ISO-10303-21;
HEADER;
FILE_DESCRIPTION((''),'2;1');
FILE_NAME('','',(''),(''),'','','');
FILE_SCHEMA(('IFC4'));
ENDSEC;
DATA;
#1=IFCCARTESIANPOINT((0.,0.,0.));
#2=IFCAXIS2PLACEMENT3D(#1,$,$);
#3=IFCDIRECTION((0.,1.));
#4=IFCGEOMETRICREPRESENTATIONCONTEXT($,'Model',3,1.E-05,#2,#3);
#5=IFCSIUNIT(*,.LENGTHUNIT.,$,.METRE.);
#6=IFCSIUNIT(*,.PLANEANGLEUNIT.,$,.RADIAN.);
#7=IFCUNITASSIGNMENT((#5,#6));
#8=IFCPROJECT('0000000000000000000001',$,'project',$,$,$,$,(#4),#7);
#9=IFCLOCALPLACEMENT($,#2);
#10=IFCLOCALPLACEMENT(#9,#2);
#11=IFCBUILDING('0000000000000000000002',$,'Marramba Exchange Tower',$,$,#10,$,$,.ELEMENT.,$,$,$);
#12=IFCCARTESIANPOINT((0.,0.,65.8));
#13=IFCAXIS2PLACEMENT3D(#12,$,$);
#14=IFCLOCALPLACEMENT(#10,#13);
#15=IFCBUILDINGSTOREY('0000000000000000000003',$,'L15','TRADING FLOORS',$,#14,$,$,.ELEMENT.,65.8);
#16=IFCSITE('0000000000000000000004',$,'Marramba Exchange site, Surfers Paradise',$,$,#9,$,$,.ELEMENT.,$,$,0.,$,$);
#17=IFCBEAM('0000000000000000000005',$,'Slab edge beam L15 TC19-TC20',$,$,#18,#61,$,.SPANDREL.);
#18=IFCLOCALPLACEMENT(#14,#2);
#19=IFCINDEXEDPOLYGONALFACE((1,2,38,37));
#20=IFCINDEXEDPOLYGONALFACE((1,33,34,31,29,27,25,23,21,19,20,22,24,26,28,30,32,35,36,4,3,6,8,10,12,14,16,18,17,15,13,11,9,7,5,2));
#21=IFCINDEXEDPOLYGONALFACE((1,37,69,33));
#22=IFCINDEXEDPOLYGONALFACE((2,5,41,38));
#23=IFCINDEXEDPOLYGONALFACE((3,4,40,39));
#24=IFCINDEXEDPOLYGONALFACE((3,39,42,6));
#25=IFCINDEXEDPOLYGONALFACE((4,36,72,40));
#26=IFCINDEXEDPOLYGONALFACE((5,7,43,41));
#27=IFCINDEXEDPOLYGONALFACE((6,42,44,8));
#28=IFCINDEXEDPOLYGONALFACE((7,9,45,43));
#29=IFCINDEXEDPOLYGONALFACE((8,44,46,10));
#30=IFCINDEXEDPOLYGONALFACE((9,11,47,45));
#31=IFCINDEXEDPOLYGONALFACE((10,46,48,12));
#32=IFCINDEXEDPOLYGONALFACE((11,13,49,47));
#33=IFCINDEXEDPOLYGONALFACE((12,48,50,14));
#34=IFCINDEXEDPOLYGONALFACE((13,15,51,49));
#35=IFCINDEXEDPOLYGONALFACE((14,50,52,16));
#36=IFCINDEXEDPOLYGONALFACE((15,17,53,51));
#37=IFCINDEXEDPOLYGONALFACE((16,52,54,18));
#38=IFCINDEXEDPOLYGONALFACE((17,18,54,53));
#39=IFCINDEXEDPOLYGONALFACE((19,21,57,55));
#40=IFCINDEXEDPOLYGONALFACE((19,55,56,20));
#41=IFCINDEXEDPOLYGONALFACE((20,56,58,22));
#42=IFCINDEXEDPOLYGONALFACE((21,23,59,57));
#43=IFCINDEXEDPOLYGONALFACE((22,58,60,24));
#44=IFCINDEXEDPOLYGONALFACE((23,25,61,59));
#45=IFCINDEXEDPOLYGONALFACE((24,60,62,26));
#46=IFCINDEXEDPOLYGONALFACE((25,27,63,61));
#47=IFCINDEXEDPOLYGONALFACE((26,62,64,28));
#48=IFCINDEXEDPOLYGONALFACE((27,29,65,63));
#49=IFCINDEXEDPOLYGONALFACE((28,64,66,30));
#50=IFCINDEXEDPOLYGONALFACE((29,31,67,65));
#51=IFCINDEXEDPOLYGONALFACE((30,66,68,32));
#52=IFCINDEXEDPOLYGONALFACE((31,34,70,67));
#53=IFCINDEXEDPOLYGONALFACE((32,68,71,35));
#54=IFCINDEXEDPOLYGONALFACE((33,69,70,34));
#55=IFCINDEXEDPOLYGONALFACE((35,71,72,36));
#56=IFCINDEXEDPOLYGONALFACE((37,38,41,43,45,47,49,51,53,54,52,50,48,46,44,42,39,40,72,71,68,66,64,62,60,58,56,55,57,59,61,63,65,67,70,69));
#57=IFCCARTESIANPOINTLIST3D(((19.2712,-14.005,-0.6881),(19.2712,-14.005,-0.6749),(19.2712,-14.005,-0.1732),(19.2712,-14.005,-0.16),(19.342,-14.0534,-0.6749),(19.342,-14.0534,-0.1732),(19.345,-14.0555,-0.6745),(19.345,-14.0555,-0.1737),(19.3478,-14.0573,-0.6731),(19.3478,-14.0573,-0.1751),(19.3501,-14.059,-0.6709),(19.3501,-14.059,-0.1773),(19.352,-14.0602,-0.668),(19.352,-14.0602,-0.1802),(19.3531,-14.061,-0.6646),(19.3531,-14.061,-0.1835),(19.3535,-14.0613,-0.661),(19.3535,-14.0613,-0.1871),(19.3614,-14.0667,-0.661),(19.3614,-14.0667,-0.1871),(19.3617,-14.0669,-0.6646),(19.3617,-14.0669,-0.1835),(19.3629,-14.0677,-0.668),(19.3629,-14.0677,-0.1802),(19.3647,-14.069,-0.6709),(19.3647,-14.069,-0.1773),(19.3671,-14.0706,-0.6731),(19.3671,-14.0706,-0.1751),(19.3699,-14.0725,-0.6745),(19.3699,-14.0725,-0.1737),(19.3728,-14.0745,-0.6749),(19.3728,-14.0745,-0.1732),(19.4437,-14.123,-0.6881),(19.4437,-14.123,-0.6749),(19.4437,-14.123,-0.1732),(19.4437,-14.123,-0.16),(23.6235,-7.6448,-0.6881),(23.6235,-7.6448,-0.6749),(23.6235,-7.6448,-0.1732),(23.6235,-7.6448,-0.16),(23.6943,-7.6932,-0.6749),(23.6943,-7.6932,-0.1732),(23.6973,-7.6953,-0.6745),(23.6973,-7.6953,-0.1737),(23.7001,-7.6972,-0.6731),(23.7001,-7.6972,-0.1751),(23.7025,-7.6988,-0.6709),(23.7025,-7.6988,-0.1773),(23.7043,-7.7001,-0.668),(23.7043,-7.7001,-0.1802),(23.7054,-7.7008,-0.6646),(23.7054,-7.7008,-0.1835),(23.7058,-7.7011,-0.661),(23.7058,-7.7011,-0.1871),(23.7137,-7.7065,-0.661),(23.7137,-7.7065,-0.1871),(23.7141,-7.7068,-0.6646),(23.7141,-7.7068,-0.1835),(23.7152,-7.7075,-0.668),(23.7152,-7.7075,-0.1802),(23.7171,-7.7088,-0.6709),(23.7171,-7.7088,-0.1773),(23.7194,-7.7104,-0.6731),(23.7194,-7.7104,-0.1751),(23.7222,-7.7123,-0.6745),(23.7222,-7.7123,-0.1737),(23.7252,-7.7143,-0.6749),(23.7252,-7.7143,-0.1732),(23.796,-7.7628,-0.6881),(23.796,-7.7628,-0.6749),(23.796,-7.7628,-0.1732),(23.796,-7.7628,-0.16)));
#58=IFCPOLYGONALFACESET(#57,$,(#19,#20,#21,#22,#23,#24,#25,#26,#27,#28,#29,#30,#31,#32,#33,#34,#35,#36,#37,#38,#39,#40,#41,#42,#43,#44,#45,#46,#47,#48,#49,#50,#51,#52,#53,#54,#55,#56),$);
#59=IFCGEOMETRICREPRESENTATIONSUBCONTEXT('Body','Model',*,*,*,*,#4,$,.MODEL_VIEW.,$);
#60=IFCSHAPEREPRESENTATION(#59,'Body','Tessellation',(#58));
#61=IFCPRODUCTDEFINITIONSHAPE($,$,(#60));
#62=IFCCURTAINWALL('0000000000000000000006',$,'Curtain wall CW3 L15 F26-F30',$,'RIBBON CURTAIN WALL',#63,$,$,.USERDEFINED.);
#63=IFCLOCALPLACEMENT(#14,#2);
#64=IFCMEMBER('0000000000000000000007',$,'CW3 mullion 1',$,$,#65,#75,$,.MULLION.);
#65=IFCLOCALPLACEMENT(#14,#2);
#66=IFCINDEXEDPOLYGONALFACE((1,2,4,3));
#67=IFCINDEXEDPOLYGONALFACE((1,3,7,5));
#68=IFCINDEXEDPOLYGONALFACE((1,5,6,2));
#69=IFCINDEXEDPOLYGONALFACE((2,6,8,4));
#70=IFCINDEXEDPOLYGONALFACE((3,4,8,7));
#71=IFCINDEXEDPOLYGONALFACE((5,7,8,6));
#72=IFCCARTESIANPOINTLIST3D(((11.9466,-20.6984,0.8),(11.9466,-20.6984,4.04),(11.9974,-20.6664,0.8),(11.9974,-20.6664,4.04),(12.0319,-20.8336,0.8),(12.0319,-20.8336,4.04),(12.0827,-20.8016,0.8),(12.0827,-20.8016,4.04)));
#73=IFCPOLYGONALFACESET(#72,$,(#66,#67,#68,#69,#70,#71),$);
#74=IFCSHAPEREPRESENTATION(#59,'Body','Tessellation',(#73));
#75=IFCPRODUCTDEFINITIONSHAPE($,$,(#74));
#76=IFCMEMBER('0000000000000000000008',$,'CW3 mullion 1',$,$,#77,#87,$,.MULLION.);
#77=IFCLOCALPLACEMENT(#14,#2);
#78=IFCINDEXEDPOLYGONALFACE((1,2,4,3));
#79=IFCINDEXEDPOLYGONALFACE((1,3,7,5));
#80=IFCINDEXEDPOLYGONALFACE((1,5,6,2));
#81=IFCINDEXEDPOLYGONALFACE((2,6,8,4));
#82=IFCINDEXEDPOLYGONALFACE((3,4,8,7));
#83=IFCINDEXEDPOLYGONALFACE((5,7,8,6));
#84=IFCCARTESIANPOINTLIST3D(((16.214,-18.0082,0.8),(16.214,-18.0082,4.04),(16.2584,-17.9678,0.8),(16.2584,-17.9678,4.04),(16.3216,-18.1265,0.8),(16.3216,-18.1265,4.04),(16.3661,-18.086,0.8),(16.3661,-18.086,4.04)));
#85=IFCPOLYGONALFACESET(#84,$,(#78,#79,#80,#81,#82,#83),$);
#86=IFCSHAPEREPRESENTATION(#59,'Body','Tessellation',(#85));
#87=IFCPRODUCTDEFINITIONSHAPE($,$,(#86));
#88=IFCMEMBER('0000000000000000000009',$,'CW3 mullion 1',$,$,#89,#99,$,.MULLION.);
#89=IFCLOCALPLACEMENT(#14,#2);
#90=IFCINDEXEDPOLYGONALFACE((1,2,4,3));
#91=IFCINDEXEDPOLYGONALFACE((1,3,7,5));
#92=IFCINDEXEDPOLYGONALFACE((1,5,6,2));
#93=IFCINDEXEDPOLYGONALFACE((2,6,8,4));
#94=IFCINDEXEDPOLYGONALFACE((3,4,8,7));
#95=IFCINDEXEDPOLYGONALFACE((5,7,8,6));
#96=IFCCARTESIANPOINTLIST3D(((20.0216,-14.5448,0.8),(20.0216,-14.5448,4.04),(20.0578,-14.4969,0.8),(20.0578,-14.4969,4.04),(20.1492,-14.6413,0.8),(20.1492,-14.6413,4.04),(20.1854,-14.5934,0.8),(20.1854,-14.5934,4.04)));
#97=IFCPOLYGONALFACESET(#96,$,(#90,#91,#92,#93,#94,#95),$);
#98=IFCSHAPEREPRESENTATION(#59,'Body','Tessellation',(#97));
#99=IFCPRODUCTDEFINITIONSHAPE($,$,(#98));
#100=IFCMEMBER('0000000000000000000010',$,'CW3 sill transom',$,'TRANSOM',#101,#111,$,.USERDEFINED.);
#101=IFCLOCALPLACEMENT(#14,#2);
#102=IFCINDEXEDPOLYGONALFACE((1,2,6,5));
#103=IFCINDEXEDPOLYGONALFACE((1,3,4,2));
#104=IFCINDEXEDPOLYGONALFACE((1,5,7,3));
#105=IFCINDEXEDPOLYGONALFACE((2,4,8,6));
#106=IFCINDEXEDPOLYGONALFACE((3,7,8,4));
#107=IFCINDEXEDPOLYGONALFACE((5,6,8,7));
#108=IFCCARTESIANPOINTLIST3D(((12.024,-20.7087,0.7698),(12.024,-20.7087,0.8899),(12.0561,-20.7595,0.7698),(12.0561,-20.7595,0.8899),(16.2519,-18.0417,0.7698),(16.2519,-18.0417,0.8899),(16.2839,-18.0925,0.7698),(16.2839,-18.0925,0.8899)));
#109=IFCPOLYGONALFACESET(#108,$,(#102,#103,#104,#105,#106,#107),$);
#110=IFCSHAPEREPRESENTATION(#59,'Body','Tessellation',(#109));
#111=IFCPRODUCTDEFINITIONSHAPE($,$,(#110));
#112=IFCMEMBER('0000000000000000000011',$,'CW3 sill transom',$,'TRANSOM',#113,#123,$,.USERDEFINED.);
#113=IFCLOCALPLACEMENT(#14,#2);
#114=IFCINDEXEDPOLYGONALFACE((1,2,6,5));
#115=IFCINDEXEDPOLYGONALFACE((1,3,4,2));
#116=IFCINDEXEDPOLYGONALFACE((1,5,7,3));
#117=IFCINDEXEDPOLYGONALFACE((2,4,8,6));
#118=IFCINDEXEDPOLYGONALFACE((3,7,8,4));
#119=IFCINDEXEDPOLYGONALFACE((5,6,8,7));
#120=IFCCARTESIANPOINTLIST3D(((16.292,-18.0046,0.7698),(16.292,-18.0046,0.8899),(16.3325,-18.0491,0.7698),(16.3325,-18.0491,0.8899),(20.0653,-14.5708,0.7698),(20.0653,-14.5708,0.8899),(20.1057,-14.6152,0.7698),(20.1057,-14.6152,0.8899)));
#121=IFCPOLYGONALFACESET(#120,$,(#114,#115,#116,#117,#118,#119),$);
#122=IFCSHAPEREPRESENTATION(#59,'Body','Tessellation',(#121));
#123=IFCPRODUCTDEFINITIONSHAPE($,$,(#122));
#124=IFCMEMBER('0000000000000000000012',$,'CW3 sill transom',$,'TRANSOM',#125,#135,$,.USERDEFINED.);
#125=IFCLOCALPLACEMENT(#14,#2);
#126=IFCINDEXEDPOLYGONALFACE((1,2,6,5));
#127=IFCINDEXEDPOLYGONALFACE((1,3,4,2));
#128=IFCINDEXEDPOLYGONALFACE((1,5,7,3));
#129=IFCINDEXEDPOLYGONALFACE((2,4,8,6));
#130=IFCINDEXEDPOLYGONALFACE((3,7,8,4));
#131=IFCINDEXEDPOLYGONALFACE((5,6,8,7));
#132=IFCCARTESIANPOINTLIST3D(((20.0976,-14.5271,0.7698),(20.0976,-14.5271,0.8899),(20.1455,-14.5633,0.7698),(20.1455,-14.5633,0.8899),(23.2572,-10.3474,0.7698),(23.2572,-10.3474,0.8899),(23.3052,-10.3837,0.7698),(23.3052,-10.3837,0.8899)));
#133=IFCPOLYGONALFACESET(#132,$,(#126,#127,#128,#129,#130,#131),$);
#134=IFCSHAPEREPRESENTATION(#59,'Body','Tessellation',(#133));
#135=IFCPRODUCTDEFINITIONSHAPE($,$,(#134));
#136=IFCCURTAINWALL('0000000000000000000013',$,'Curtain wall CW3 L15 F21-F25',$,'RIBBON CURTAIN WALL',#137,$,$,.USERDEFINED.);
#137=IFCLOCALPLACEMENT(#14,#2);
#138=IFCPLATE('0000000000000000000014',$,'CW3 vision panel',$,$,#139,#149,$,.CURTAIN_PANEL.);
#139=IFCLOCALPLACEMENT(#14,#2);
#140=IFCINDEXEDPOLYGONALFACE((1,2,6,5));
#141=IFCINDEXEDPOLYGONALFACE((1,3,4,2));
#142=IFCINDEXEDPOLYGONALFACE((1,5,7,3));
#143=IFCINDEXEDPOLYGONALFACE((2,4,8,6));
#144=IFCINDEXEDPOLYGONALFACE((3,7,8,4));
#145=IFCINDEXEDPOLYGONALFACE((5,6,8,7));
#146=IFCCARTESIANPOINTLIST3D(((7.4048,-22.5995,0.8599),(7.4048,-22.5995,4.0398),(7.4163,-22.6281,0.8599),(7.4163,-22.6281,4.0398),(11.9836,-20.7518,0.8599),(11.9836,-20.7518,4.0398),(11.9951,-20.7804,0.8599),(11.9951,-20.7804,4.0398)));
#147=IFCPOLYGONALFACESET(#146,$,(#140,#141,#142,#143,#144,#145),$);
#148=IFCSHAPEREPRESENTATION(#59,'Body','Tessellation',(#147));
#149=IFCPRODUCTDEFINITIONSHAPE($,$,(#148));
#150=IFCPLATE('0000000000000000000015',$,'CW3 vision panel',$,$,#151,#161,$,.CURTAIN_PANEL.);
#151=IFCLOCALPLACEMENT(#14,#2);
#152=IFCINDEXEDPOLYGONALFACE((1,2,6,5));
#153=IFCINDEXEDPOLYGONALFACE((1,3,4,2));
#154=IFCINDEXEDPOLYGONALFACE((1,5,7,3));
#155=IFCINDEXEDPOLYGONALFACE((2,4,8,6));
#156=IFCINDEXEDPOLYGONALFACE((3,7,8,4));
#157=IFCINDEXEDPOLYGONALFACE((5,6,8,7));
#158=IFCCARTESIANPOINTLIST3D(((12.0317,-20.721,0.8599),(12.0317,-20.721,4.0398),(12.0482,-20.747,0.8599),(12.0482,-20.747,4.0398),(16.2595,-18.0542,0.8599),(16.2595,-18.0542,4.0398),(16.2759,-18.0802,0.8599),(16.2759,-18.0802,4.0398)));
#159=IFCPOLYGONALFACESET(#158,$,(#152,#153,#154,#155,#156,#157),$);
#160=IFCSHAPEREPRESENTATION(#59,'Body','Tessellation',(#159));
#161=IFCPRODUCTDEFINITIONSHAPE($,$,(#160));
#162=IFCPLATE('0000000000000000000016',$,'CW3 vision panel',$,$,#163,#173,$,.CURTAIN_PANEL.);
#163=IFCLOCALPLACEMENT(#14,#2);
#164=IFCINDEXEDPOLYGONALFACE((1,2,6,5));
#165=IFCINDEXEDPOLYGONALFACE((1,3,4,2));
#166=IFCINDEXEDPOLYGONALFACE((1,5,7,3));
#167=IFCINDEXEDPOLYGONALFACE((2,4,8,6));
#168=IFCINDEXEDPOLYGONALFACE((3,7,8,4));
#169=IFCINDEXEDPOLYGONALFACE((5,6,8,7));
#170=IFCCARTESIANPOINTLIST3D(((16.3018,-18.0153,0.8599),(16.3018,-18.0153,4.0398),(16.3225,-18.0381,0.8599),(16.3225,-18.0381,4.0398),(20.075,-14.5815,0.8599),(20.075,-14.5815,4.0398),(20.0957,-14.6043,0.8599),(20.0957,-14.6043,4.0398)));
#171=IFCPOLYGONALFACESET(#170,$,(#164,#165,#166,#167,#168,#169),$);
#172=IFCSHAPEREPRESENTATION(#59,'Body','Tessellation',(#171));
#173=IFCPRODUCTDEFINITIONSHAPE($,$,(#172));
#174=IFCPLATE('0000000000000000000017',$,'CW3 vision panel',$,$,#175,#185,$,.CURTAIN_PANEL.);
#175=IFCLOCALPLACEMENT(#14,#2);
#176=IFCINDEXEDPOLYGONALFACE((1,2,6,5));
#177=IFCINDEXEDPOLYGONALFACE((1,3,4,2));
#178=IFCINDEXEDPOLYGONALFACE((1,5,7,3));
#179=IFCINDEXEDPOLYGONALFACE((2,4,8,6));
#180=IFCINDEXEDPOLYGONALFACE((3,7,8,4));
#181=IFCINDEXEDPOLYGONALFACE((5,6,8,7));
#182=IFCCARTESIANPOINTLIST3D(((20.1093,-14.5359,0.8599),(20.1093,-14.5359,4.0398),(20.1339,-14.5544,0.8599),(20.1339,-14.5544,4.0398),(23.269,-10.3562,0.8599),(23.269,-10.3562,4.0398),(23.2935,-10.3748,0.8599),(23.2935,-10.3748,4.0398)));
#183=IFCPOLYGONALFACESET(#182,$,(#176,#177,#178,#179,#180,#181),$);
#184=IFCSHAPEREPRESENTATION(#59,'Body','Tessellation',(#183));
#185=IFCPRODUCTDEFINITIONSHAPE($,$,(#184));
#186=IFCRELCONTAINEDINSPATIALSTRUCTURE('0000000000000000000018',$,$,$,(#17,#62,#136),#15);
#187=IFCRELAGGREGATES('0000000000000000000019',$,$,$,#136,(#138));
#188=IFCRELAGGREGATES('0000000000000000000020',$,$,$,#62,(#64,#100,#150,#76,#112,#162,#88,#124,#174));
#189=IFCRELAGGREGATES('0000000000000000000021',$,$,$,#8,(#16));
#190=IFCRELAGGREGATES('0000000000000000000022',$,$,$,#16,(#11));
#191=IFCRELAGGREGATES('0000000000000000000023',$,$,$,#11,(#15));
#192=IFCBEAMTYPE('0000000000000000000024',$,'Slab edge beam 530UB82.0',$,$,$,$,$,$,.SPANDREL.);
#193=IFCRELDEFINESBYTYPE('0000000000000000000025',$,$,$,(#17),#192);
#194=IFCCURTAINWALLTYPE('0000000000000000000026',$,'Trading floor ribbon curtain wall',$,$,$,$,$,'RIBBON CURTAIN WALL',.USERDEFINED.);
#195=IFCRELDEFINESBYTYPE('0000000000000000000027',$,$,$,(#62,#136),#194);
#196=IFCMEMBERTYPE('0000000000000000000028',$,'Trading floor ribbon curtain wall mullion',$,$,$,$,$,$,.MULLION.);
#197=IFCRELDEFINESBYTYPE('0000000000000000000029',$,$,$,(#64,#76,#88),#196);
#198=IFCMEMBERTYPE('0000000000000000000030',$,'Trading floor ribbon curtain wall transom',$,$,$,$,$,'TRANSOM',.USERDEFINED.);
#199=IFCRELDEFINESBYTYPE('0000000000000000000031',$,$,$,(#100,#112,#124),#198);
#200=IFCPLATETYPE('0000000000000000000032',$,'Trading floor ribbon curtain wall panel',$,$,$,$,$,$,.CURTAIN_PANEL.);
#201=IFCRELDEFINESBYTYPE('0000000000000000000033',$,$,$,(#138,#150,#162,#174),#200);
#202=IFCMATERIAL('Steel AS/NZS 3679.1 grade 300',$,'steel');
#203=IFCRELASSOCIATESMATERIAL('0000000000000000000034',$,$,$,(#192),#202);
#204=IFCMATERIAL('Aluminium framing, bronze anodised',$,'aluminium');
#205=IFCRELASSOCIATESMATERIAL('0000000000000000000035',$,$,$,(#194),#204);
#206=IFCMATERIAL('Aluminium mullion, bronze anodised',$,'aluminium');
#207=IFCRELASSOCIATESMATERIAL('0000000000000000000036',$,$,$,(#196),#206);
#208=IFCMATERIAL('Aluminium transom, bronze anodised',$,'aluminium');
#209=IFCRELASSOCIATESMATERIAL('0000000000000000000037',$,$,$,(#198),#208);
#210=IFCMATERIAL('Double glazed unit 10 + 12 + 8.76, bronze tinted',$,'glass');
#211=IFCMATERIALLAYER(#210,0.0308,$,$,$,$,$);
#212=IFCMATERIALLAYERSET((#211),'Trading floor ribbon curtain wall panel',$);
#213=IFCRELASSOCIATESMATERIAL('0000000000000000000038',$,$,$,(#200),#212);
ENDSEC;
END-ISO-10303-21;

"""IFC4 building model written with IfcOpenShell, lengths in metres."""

from ifc_helpers import new_model, si_unit, direction, frame, origin, origin_2d, place, context, subcontext, project, spatial, rectangle, i_section, extrude, material, layer, layer_set, material_profile, profile_set, type_object, element, aggregate, save


model = new_model("IFC4")

# Units and contexts
model_context = context("Model", 3, precision=1e-05, world=origin(), true_north=direction((0.0, 1.0)))
body_context = subcontext(model_context, "Body", "Model", "MODEL_VIEW")
ifc_project = project(units=[si_unit("LENGTHUNIT", "METRE"), si_unit("PLANEANGLEUNIT", "RADIAN")], contexts=[model_context])

# Site, building, storey
site_placement = place(None, origin())
site = spatial("IfcSite", under=ifc_project, at=site_placement, Name="Marramba Exchange site, Surfers Paradise", CompositionType="ELEMENT", RefElevation=0.0)
building_placement = place(site_placement, origin())
building = spatial("IfcBuilding", under=site, at=building_placement, Name="Marramba Exchange Tower", CompositionType="ELEMENT")
storey_placement = place(building_placement, frame((0.0, 0.0, 65.8)))
storey = spatial("IfcBuildingStorey", under=building, at=storey_placement, Name="L15", Description="TRADING FLOORS", CompositionType="ELEMENT", Elevation=65.8)

# Beam
ifc_material_1 = material(Name="Steel AS/NZS 3679.1 grade 300", Category="steel")
ifc_material_profile_1 = material_profile(ifc_material_1, i_section(OverallWidth=0.209, OverallDepth=0.5281, WebThickness=0.0095, FlangeThickness=0.0132, FilletRadius=0.0139, at=origin_2d()), Name="530UB82.0")
ifc_profile_set_1 = profile_set([ifc_material_profile_1], Name="Steel AS/NZS 3679.1 grade 300")
beam_type_1 = type_object("IfcBeamType", Name="Slab edge beam 530UB82.0", PredefinedType="SPANDREL", material=ifc_profile_set_1)
beam_1_placement = place(storey_placement, frame((19.3574, -14.064, -0.4241), z_axis=(0.564741, 0.825268, 0.0), x_axis=(-0.825268, 0.564741, 0.0)))
element("IfcBeam", 1, at=beam_1_placement, inside=storey, type_object=beam_type_1, Name="Slab edge beam L15 TC19-TC20", PredefinedType="SPANDREL", context=body_context, shape_type="SweptSolid", body=[
    extrude(i_section(OverallWidth=0.209, OverallDepth=0.5281, WebThickness=0.0095, FlangeThickness=0.0132, FilletRadius=0.0139, at=origin_2d()), origin(), (0.0, 0.0, 1.0), 7.7068),
])

# Curtain wall, members
ifc_material_2 = material(Name="Aluminium framing, bronze anodised", Category="aluminium")
curtain_wall_type = type_object("IfcCurtainWallType", Name="Trading floor ribbon curtain wall", ElementType="RIBBON CURTAIN WALL", PredefinedType="USERDEFINED", material=ifc_material_2)
curtain_wall_1_placement = place(storey_placement, origin())
curtain_wall_1 = element("IfcCurtainWall", 2, at=curtain_wall_1_placement, inside=storey, type_object=curtain_wall_type, Name="Curtain wall CW3 L15 F26-F30", ObjectType="RIBBON CURTAIN WALL", PredefinedType="USERDEFINED")
ifc_material_3 = material(Name="Aluminium mullion, bronze anodised", Category="aluminium")
ifc_material_profile_2 = material_profile(ifc_material_3, rectangle(XDim=0.1599, YDim=0.0601, at=origin_2d()), Name="CW3 mullion 60x160")
ifc_profile_set_2 = profile_set([ifc_material_profile_2], Name="Aluminium mullion, bronze anodised")
member_type_1 = type_object("IfcMemberType", Name="Trading floor ribbon curtain wall mullion", PredefinedType="MULLION", material=ifc_profile_set_2)
member_1_placement = place(storey_placement, frame((12.0146, -20.75, 0.8), z_axis=(0.0, 0.0, 1.0), x_axis=(-0.533515, 0.845791, 0.0)))
member_1 = element("IfcMember", 3, at=member_1_placement, type_object=member_type_1, Name="CW3 mullion 1", PredefinedType="MULLION", context=body_context, shape_type="SweptSolid", body=[
    extrude(rectangle(XDim=0.1599, YDim=0.0601, at=origin_2d()), origin(), (0.0, 0.0, 1.0), 3.24),
])
member_2_placement = place(storey_placement, frame((16.29, -18.0471, 0.8), z_axis=(0.0, 0.0, 1.0), x_axis=(-0.673058, 0.73959, 0.0)))
member_2 = element("IfcMember", 4, at=member_2_placement, type_object=member_type_1, Name="CW3 mullion 1", PredefinedType="MULLION", context=body_context, shape_type="SweptSolid", body=[
    extrude(rectangle(XDim=0.1599, YDim=0.0601, at=origin_2d()), origin(), (0.0, 0.0, 1.0), 3.24),
])
member_3_placement = place(storey_placement, frame((20.1035, -14.5691, 0.8), z_axis=(0.0, 0.0, 1.0), x_axis=(-0.797711, 0.60304, 0.0)))
member_3 = element("IfcMember", 5, at=member_3_placement, type_object=member_type_1, Name="CW3 mullion 1", PredefinedType="MULLION", context=body_context, shape_type="SweptSolid", body=[
    extrude(rectangle(XDim=0.1599, YDim=0.0601, at=origin_2d()), origin(), (0.0, 0.0, 1.0), 3.24),
])
ifc_material_4 = material(Name="Aluminium transom, bronze anodised", Category="aluminium")
ifc_material_profile_3 = material_profile(ifc_material_4, rectangle(XDim=0.0601, YDim=0.1201, at=origin_2d()), Name="CW3 transom 60x120")
ifc_profile_set_3 = profile_set([ifc_material_profile_3], Name="Aluminium transom, bronze anodised")
member_type_2 = type_object("IfcMemberType", Name="Trading floor ribbon curtain wall transom", ElementType="TRANSOM", PredefinedType="USERDEFINED", material=ifc_profile_set_3)
member_4_placement = place(storey_placement, frame((12.04, -20.7341, 0.8298), z_axis=(0.845777, 0.533537, 0.0), x_axis=(-0.533537, 0.845777, 0.0)))
member_4 = element("IfcMember", 6, at=member_4_placement, type_object=member_type_2, Name="CW3 sill transom", ObjectType="TRANSOM", PredefinedType="USERDEFINED", context=body_context, shape_type="SweptSolid", body=[
    extrude(rectangle(XDim=0.0601, YDim=0.1201, at=origin_2d()), origin(), (0.0, 0.0, 1.0), 4.9988),
])
member_5_placement = place(storey_placement, frame((16.3123, -18.0269, 0.8298), z_axis=(0.739583, 0.673066, 0.0), x_axis=(-0.673066, 0.739583, 0.0)))
member_5 = element("IfcMember", 7, at=member_5_placement, type_object=member_type_2, Name="CW3 sill transom", ObjectType="TRANSOM", PredefinedType="USERDEFINED", context=body_context, shape_type="SweptSolid", body=[
    extrude(rectangle(XDim=0.0601, YDim=0.1201, at=origin_2d()), origin(), (0.0, 0.0, 1.0), 5.1018),
])
member_6_placement = place(storey_placement, frame((20.1216, -14.5452, 0.8298), z_axis=(0.603037, 0.797713, 0.0), x_axis=(-0.797713, 0.603037, 0.0)))
member_6 = element("IfcMember", 8, at=member_6_placement, type_object=member_type_2, Name="CW3 sill transom", ObjectType="TRANSOM", PredefinedType="USERDEFINED", context=body_context, shape_type="SweptSolid", body=[
    extrude(rectangle(XDim=0.0601, YDim=0.1201, at=origin_2d()), origin(), (0.0, 0.0, 1.0), 5.2395),
])

# Curtain wall, plate
curtain_wall_2_placement = place(storey_placement, origin())
curtain_wall_2 = element("IfcCurtainWall", 9, at=curtain_wall_2_placement, inside=storey, type_object=curtain_wall_type, Name="Curtain wall CW3 L15 F21-F25", ObjectType="RIBBON CURTAIN WALL", PredefinedType="USERDEFINED")
ifc_material_5 = material(Name="Double glazed unit 10 + 12 + 8.76, bronze tinted", Category="glass")
ifc_layer_1 = layer(ifc_material_5, 0.0308)
ifc_layer_set_1 = layer_set([ifc_layer_1], Name="Trading floor ribbon curtain wall panel")
plate_type = type_object("IfcPlateType", Name="Trading floor ribbon curtain wall panel", PredefinedType="CURTAIN_PANEL", material=ifc_layer_set_1)
plate_1_placement = place(storey_placement, frame((9.7, -21.6899, 0.8599), z_axis=(0.0, 0.0, 1.0), x_axis=(0.927341, 0.374218, 0.0)))
plate_1 = element("IfcPlate", 10, at=plate_1_placement, type_object=plate_type, Name="CW3 vision panel", PredefinedType="CURTAIN_PANEL", context=body_context, shape_type="SweptSolid", body=[
    extrude(rectangle(XDim=4.9375, YDim=0.0308, at=origin_2d()), origin(), (0.0, 0.0, 1.0), 3.1799),
])
aggregate(curtain_wall_2, [plate_1])

# Plates
plate_2_placement = place(storey_placement, frame((14.1538, -19.4006, 0.8599), z_axis=(0.0, 0.0, 1.0), x_axis=(0.845791, 0.533515, 0.0)))
plate_2 = element("IfcPlate", 11, at=plate_2_placement, type_object=plate_type, Name="CW3 vision panel", PredefinedType="CURTAIN_PANEL", context=body_context, shape_type="SweptSolid", body=[
    extrude(rectangle(XDim=4.9985, YDim=0.0308, at=origin_2d()), origin(), (0.0, 0.0, 1.0), 3.1799),
])
plate_3_placement = place(storey_placement, frame((18.1987, -16.3098, 0.8599), z_axis=(0.0, 0.0, 1.0), x_axis=(0.73959, 0.673058, 0.0)))
plate_3 = element("IfcPlate", 12, at=plate_3_placement, type_object=plate_type, Name="CW3 vision panel", PredefinedType="CURTAIN_PANEL", context=body_context, shape_type="SweptSolid", body=[
    extrude(rectangle(XDim=5.1018, YDim=0.0308, at=origin_2d()), origin(), (0.0, 0.0, 1.0), 3.1799),
])
plate_4_placement = place(storey_placement, frame((21.7014, -12.4553, 0.8599), z_axis=(0.0, 0.0, 1.0), x_axis=(0.60304, 0.797711, 0.0)))
plate_4 = element("IfcPlate", 13, at=plate_4_placement, type_object=plate_type, Name="CW3 vision panel", PredefinedType="CURTAIN_PANEL", context=body_context, shape_type="SweptSolid", body=[
    extrude(rectangle(XDim=5.2395, YDim=0.0308, at=origin_2d()), origin(), (0.0, 0.0, 1.0), 3.1799),
])
aggregate(curtain_wall_1, [member_1, member_4, plate_2, member_2, member_5, plate_3, member_3, member_6, plate_4])

save(model, "model.ifc")
